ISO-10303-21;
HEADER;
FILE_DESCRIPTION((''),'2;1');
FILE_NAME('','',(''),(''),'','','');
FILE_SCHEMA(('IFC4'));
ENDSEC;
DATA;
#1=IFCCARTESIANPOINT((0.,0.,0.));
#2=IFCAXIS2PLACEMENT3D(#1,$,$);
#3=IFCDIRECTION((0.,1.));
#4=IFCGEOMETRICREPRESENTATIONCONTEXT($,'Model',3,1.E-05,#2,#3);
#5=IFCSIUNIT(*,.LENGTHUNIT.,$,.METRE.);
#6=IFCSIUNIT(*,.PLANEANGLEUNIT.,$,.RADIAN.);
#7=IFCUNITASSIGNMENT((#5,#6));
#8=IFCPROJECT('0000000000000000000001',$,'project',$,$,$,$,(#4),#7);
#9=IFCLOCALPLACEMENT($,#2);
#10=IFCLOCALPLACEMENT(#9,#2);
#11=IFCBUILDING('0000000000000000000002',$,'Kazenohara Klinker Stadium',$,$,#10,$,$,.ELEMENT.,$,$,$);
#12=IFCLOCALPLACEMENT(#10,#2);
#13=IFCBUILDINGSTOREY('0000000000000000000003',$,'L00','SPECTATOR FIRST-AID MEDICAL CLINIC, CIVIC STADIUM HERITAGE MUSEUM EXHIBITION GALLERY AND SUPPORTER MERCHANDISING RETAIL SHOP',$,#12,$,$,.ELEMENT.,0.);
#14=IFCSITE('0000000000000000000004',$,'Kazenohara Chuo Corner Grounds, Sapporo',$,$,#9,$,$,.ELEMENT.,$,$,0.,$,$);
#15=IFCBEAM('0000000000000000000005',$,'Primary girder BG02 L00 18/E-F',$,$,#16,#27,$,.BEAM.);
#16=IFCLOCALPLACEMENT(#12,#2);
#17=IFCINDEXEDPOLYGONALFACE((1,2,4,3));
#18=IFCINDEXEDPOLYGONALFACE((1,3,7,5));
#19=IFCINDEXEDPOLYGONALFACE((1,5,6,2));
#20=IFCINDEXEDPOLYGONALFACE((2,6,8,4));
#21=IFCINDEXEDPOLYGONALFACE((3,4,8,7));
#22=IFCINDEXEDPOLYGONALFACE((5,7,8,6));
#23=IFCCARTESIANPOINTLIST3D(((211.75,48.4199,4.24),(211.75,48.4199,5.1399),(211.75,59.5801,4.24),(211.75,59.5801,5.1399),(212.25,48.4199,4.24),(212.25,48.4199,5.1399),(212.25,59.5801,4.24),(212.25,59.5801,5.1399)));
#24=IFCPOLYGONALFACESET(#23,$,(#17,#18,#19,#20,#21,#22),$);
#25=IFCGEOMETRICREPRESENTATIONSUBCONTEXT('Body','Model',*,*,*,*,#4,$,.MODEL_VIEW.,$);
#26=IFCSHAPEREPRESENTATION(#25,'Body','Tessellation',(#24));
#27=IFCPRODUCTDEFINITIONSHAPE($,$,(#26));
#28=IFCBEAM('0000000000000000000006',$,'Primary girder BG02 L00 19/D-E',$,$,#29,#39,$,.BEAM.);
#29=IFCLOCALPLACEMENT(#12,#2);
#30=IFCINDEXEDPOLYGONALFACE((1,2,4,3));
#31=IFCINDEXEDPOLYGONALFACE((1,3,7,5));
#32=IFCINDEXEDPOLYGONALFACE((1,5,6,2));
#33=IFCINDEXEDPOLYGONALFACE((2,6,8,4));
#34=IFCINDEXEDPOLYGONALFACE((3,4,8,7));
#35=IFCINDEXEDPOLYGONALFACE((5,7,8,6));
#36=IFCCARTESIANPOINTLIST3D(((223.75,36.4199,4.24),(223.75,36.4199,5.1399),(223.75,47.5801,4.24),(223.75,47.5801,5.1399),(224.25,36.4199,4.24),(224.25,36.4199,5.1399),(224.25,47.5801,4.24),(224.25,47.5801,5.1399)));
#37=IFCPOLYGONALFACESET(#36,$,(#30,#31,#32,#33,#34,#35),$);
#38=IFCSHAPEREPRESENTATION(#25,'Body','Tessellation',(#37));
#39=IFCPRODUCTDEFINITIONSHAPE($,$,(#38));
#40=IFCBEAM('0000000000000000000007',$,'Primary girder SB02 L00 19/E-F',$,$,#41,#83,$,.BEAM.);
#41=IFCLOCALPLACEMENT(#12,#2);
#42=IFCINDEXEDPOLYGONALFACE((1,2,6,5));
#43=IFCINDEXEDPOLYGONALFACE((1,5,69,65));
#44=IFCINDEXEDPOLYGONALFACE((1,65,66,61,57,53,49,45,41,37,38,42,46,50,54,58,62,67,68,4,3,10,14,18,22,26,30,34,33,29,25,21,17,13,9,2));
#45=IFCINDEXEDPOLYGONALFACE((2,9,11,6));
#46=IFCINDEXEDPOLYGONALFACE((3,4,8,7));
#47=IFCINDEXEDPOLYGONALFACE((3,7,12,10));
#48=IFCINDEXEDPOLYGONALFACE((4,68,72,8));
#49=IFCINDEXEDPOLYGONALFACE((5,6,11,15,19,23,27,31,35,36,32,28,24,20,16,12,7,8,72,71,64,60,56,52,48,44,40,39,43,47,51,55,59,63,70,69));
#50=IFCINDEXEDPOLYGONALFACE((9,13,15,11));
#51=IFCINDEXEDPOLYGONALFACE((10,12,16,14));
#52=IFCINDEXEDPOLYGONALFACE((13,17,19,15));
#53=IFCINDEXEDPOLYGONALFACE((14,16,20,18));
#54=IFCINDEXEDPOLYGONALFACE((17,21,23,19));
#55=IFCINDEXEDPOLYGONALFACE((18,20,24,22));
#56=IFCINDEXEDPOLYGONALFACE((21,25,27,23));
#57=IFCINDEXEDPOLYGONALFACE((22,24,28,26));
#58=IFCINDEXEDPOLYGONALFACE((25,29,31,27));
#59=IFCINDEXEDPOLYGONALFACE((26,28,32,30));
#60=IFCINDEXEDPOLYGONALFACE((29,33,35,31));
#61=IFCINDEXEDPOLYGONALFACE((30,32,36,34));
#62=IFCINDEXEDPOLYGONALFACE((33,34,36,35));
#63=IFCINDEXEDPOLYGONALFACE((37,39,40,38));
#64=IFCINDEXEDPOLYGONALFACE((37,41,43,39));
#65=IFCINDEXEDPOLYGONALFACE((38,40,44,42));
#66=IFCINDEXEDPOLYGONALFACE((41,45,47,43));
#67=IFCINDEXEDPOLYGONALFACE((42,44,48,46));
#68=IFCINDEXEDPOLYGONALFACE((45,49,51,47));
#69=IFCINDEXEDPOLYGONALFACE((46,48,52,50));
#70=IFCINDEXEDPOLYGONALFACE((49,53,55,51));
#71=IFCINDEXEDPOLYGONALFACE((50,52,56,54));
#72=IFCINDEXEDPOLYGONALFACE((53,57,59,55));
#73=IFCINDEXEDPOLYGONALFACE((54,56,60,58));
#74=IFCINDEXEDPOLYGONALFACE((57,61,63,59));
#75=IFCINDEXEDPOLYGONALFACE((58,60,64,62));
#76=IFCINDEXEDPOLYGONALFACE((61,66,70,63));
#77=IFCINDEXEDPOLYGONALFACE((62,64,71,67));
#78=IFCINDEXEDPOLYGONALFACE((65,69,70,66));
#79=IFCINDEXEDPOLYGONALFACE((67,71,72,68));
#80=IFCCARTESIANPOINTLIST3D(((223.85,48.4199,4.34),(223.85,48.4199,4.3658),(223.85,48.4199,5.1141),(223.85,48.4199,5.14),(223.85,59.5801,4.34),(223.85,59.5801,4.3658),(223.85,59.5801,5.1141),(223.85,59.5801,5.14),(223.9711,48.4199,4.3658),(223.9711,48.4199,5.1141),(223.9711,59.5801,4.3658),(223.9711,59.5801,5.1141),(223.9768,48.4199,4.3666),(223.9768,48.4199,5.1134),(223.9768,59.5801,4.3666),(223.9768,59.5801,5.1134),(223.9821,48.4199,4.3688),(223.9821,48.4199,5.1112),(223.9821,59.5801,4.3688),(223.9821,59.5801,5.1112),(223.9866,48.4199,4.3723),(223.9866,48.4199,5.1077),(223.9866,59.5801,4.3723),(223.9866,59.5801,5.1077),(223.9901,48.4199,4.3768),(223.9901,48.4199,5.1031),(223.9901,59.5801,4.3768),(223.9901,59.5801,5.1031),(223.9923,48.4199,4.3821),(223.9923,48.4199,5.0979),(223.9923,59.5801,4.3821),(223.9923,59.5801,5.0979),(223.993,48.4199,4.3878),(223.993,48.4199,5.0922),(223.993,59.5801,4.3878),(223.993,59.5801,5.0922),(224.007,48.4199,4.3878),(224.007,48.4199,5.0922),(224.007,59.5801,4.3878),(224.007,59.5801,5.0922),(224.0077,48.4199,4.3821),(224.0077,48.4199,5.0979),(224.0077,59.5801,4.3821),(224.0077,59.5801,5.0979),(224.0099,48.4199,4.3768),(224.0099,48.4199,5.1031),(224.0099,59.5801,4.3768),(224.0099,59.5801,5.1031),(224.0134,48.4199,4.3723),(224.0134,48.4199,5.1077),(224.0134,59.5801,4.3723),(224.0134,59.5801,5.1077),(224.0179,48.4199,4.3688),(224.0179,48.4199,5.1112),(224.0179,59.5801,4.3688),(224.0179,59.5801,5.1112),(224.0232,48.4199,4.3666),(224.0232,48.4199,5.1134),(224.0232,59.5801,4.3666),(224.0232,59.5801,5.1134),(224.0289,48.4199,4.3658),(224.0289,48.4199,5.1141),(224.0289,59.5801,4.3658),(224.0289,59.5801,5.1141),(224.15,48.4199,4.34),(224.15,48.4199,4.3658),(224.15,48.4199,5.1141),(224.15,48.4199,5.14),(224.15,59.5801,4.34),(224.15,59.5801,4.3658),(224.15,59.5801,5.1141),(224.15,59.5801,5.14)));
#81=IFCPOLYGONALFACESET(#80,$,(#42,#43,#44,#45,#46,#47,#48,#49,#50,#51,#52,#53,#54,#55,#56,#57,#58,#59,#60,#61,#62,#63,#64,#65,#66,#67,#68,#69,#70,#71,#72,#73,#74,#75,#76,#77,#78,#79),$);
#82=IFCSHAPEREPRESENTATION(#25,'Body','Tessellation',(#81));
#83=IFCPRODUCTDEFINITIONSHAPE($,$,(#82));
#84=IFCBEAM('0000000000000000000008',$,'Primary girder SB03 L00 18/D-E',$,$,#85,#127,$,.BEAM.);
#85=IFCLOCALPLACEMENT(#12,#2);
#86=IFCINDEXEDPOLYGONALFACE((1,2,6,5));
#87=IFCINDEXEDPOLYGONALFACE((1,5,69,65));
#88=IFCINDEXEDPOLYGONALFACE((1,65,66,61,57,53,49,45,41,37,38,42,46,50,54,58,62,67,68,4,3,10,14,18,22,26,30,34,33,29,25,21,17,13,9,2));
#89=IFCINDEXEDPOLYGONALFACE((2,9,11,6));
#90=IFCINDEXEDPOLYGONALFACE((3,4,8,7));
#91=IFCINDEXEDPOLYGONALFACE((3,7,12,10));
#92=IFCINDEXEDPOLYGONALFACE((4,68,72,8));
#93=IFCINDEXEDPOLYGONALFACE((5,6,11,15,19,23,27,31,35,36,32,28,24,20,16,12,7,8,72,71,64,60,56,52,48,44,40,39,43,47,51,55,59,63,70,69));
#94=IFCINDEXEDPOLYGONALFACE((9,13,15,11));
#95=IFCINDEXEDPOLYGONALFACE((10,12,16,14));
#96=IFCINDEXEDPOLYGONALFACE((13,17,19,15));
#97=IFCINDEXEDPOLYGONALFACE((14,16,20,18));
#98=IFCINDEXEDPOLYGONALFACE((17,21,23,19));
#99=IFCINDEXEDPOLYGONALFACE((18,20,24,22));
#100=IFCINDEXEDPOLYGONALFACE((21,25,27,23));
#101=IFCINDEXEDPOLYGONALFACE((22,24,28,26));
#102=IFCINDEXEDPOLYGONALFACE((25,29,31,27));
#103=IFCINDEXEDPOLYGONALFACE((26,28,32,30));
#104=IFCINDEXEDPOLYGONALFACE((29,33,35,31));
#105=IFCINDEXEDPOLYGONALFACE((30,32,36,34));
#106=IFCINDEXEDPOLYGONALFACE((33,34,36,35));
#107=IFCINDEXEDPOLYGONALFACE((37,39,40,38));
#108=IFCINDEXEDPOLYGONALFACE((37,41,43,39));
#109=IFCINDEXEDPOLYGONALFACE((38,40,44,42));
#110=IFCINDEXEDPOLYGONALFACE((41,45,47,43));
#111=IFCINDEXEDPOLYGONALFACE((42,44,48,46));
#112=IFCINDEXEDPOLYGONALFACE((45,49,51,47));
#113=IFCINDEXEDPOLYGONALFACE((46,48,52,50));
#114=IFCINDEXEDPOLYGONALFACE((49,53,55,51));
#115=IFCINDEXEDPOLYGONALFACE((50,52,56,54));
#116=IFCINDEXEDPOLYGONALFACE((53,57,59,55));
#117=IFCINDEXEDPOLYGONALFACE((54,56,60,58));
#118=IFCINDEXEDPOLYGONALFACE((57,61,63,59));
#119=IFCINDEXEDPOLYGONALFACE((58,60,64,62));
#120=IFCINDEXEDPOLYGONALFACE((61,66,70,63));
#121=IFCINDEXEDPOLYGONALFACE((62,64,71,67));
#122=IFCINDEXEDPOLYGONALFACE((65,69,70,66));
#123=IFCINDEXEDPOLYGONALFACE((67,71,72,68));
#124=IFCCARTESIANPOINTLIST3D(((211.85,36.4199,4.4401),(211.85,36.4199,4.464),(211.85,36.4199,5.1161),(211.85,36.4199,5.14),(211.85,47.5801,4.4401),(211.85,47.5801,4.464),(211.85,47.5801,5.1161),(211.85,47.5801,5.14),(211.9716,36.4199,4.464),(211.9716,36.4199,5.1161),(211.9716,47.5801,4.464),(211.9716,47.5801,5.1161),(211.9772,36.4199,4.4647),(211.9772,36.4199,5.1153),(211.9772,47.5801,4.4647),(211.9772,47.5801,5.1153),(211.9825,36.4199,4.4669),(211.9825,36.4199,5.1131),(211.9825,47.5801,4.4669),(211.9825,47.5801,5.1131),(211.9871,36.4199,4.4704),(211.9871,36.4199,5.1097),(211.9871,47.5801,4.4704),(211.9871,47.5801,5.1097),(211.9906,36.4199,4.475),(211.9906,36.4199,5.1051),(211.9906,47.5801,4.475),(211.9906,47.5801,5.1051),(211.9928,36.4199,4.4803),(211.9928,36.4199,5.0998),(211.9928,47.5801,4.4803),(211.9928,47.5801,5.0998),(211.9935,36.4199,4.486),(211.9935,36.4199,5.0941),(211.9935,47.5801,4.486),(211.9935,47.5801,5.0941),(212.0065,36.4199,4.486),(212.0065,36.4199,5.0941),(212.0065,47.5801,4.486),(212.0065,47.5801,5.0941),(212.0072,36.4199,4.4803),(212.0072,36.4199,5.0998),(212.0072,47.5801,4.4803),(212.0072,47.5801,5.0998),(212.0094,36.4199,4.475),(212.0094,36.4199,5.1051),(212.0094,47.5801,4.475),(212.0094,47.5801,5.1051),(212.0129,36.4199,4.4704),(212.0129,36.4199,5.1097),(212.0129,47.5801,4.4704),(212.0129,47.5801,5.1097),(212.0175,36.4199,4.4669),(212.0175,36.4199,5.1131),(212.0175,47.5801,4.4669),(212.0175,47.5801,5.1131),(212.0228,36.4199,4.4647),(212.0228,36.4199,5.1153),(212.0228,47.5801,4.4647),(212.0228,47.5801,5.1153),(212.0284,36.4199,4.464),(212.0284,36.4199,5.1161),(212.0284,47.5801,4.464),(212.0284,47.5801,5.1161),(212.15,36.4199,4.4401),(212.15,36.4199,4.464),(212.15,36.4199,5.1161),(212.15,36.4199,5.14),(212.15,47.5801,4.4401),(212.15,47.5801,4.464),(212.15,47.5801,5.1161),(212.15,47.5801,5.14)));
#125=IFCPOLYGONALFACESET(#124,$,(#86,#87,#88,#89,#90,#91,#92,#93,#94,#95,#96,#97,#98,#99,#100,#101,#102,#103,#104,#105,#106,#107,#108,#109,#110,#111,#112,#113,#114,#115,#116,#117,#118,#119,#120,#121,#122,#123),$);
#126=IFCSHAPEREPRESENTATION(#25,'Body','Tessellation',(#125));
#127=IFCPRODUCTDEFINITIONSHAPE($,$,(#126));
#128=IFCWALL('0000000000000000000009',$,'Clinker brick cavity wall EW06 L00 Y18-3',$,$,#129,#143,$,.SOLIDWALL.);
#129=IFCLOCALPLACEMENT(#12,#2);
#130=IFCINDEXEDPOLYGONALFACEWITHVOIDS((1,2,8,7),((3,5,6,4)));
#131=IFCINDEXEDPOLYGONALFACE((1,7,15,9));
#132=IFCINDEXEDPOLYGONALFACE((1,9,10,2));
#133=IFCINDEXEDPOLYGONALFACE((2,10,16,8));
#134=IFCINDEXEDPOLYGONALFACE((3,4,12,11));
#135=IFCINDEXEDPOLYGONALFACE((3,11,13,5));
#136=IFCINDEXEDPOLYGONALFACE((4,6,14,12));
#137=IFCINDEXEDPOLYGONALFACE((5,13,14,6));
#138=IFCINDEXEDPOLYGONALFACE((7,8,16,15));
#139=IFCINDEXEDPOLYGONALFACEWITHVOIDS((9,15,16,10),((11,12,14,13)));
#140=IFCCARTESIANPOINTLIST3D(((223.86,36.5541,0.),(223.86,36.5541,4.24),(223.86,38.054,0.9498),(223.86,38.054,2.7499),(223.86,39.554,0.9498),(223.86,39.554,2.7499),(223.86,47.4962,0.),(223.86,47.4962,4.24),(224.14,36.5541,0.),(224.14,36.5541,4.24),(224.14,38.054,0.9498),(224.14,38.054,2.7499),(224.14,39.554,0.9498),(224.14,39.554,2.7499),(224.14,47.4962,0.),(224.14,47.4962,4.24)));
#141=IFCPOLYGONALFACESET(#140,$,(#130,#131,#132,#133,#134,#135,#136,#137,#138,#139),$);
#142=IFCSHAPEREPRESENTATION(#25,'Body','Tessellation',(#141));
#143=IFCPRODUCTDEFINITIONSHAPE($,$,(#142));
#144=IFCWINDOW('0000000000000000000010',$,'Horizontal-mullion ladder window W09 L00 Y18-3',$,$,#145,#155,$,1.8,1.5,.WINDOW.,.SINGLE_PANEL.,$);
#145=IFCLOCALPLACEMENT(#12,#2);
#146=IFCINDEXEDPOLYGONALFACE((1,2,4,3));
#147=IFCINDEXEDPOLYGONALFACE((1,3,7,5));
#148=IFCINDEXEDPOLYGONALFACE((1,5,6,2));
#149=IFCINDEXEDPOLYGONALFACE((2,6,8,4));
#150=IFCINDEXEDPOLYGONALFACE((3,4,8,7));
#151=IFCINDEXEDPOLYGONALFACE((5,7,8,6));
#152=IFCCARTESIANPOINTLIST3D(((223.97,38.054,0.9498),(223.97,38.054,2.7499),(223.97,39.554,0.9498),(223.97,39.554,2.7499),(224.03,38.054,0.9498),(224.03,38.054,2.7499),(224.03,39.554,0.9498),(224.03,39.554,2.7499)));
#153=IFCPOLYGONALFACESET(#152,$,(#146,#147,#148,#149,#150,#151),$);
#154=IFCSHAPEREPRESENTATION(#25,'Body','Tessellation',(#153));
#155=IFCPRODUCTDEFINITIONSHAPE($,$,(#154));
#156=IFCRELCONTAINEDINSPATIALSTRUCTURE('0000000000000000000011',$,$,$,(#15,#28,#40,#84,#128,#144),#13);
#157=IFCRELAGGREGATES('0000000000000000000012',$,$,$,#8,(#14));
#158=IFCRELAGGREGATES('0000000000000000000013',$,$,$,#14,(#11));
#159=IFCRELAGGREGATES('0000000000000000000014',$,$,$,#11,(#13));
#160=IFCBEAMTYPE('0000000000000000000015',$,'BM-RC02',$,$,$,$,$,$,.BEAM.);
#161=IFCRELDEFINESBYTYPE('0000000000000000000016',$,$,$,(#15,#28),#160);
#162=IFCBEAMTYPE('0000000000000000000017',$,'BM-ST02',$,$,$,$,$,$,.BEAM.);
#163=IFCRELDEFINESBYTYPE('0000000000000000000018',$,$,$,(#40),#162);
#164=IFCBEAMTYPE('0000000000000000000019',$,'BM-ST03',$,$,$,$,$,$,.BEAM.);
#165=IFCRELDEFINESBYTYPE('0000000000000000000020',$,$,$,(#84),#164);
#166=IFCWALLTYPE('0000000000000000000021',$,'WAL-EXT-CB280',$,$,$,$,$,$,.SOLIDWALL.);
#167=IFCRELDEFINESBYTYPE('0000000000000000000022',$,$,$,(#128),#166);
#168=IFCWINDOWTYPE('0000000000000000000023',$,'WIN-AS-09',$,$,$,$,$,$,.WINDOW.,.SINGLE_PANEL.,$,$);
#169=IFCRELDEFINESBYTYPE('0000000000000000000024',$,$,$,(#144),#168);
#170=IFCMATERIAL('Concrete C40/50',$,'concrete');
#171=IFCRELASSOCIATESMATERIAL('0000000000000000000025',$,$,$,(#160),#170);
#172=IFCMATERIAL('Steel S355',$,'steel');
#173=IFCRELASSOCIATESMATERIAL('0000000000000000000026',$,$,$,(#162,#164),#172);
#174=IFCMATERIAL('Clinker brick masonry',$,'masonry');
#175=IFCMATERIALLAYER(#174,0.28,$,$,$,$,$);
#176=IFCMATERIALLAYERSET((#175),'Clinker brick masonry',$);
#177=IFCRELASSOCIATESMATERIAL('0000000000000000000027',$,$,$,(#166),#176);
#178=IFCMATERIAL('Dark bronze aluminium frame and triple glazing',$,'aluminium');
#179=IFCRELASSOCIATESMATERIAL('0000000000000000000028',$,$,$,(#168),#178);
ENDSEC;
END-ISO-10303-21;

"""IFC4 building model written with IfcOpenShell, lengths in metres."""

from ifc_helpers import new_model, si_unit, direction, frame, frame_2d, origin, origin_2d, place, context, subcontext, project, spatial, rectangle, i_section, extrude, material, layer, layer_set, material_profile, profile_set, type_object, element, fill, save


model = new_model("IFC4")

# Units and contexts
model_context = context("Model", 3, precision=1e-05, world=origin(), true_north=direction((0.0, 1.0)))
body_context = subcontext(model_context, "Body", "Model", "MODEL_VIEW")
ifc_project = project(units=[si_unit("LENGTHUNIT", "METRE"), si_unit("PLANEANGLEUNIT", "RADIAN")], contexts=[model_context])

# Site, building, storey
site_placement = place(None, origin())
site = spatial("IfcSite", under=ifc_project, at=site_placement, Name="Kazenohara Chuo Corner Grounds, Sapporo", CompositionType="ELEMENT", RefElevation=0.0)
building_placement = place(site_placement, origin())
building = spatial("IfcBuilding", under=site, at=building_placement, Name="Kazenohara Klinker Stadium", CompositionType="ELEMENT")
storey_placement = place(building_placement, origin())
storey = spatial("IfcBuildingStorey", under=building, at=storey_placement, Name="L00", Description="SPECTATOR FIRST-AID MEDICAL CLINIC, CIVIC STADIUM HERITAGE MUSEUM EXHIBITION GALLERY AND SUPPORTER MERCHANDISING RETAIL SHOP", CompositionType="ELEMENT", Elevation=0.0)

# Shared definitions
ifc_material_1 = material(Name="Concrete C40/50", Category="concrete")

# Beams
ifc_material_2 = material(Name="Steel S355", Category="steel")
ifc_material_profile_1 = material_profile(ifc_material_1, rectangle(XDim=0.5, YDim=0.8999, at=origin_2d()), Name="RC-BM-500x900")
ifc_profile_set_1 = profile_set([ifc_material_profile_1], Name="Concrete C40/50")
beam_type_1 = type_object("IfcBeamType", Name="BM-RC02", PredefinedType="BEAM", material=ifc_profile_set_1)
for number, where, z_axis, x_axis, name in (
    (1, (212.0, 48.4199, 4.6899), (0.0, 1.0, 0.0), (-1.0, 0.0, 0.0), "Primary girder BG02 L00 18/E-F"),
    (2, (224.0, 36.4199, 4.6899), (0.0, 1.0, 0.0), (-1.0, 0.0, 0.0), "Primary girder BG02 L00 19/D-E"),
):
    element("IfcBeam", number, at=place(storey_placement, frame(where, z_axis=z_axis, x_axis=x_axis)), inside=storey, type_object=beam_type_1, Name=name, PredefinedType="BEAM", context=body_context, shape_type="SweptSolid", body=[
        extrude(rectangle(XDim=0.5, YDim=0.8999, at=origin_2d()), origin(), (0.0, 0.0, 1.0), 11.1602),
    ])
ifc_material_profile_2 = material_profile(ifc_material_2, i_section(OverallWidth=0.3, OverallDepth=0.8, WebThickness=0.0139, FlangeThickness=0.0259, FilletRadius=0.022, at=origin_2d()), Name="H-800x300x14x26")
ifc_profile_set_2 = profile_set([ifc_material_profile_2], Name="Steel S355")
beam_type_2 = type_object("IfcBeamType", Name="BM-ST02", PredefinedType="BEAM", material=ifc_profile_set_2)
beam_1_placement = place(storey_placement, frame((224.0, 48.4199, 4.74), z_axis=(0.0, 1.0, 0.0), x_axis=(-1.0, 0.0, 0.0)))
element("IfcBeam", 3, at=beam_1_placement, inside=storey, type_object=beam_type_2, Name="Primary girder SB02 L00 19/E-F", PredefinedType="BEAM", context=body_context, shape_type="SweptSolid", body=[
    extrude(i_section(OverallWidth=0.3, OverallDepth=0.8, WebThickness=0.0139, FlangeThickness=0.0259, FilletRadius=0.022, at=origin_2d()), origin(), (0.0, 0.0, 1.0), 11.1602),
])
ifc_material_profile_3 = material_profile(ifc_material_2, i_section(OverallWidth=0.3, OverallDepth=0.7, WebThickness=0.0129, FlangeThickness=0.0239, FilletRadius=0.022, at=origin_2d()), Name="H-700x300x13x24")
ifc_profile_set_3 = profile_set([ifc_material_profile_3], Name="Steel S355")
beam_type_3 = type_object("IfcBeamType", Name="BM-ST03", PredefinedType="BEAM", material=ifc_profile_set_3)
beam_2_placement = place(storey_placement, frame((212.0, 36.4199, 4.79), z_axis=(0.0, 1.0, 0.0), x_axis=(-1.0, 0.0, 0.0)))
element("IfcBeam", 4, at=beam_2_placement, inside=storey, type_object=beam_type_3, Name="Primary girder SB03 L00 18/D-E", PredefinedType="BEAM", context=body_context, shape_type="SweptSolid", body=[
    extrude(i_section(OverallWidth=0.3, OverallDepth=0.7, WebThickness=0.0129, FlangeThickness=0.0239, FilletRadius=0.022, at=origin_2d()), origin(), (0.0, 0.0, 1.0), 11.1602),
])

# Wall, opening, window
ifc_material_3 = material(Name="Clinker brick masonry", Category="masonry")
ifc_layer_1 = layer(ifc_material_3, 0.28)
ifc_layer_set_1 = layer_set([ifc_layer_1], Name="Clinker brick masonry")
wall_type_1 = type_object("IfcWallType", Name="WAL-EXT-CB280", PredefinedType="SOLIDWALL", material=ifc_layer_set_1)
wall_1_placement = place(storey_placement, frame((224.0, 36.554, 0.0), z_axis=(0.0, 0.0, 1.0), x_axis=(0.0, 1.0, 0.0)))
wall_1 = element("IfcWall", 5, at=wall_1_placement, inside=storey, type_object=wall_type_1, Name="Clinker brick cavity wall EW06 L00 Y18-3", PredefinedType="SOLIDWALL", context=body_context, shape_type="SweptSolid", body=[
    extrude(rectangle(XDim=10.9421, YDim=0.28, at=frame_2d((5.4712, 0.0))), origin(), (0.0, 0.0, 1.0), 4.24),
])
opening_1_placement = place(wall_1_placement, frame((1.5, 0.0, 0.95)))
opening_1 = element("IfcOpeningElement", 6, at=opening_1_placement, cuts=wall_1, PredefinedType="OPENING", context=body_context, shape_type="SweptSolid", body=[
    extrude(rectangle(XDim=1.5, YDim=1.8, at=frame_2d((0.75, 0.8999))), frame((0.0, 0.1499, 0.0), z_axis=(0.0, -1.0, 0.0), x_axis=(1.0, 0.0, 0.0)), (0.0, 0.0, 1.0), 0.3),
])
ifc_material_4 = material(Name="Dark bronze aluminium frame and triple glazing", Category="aluminium")
window_type = type_object("IfcWindowType", Name="WIN-AS-09", PartitioningType="SINGLE_PANEL", PredefinedType="WINDOW", material=ifc_material_4)
window_placement = place(opening_1_placement, origin())
window = element("IfcWindow", 7, at=window_placement, inside=storey, type_object=window_type, Name="Horizontal-mullion ladder window W09 L00 Y18-3", OverallHeight=1.8, OverallWidth=1.5, PartitioningType="SINGLE_PANEL", PredefinedType="WINDOW", context=body_context, shape_type="SweptSolid", body=[
    extrude(rectangle(XDim=1.5, YDim=1.8, at=frame_2d((0.75, 0.8999))), frame((0.0, 0.03, 0.0), z_axis=(0.0, -1.0, 0.0), x_axis=(1.0, 0.0, 0.0)), (0.0, 0.0, 1.0), 0.0601),
])
fill(opening_1, window)

save(model, "model.ifc")
